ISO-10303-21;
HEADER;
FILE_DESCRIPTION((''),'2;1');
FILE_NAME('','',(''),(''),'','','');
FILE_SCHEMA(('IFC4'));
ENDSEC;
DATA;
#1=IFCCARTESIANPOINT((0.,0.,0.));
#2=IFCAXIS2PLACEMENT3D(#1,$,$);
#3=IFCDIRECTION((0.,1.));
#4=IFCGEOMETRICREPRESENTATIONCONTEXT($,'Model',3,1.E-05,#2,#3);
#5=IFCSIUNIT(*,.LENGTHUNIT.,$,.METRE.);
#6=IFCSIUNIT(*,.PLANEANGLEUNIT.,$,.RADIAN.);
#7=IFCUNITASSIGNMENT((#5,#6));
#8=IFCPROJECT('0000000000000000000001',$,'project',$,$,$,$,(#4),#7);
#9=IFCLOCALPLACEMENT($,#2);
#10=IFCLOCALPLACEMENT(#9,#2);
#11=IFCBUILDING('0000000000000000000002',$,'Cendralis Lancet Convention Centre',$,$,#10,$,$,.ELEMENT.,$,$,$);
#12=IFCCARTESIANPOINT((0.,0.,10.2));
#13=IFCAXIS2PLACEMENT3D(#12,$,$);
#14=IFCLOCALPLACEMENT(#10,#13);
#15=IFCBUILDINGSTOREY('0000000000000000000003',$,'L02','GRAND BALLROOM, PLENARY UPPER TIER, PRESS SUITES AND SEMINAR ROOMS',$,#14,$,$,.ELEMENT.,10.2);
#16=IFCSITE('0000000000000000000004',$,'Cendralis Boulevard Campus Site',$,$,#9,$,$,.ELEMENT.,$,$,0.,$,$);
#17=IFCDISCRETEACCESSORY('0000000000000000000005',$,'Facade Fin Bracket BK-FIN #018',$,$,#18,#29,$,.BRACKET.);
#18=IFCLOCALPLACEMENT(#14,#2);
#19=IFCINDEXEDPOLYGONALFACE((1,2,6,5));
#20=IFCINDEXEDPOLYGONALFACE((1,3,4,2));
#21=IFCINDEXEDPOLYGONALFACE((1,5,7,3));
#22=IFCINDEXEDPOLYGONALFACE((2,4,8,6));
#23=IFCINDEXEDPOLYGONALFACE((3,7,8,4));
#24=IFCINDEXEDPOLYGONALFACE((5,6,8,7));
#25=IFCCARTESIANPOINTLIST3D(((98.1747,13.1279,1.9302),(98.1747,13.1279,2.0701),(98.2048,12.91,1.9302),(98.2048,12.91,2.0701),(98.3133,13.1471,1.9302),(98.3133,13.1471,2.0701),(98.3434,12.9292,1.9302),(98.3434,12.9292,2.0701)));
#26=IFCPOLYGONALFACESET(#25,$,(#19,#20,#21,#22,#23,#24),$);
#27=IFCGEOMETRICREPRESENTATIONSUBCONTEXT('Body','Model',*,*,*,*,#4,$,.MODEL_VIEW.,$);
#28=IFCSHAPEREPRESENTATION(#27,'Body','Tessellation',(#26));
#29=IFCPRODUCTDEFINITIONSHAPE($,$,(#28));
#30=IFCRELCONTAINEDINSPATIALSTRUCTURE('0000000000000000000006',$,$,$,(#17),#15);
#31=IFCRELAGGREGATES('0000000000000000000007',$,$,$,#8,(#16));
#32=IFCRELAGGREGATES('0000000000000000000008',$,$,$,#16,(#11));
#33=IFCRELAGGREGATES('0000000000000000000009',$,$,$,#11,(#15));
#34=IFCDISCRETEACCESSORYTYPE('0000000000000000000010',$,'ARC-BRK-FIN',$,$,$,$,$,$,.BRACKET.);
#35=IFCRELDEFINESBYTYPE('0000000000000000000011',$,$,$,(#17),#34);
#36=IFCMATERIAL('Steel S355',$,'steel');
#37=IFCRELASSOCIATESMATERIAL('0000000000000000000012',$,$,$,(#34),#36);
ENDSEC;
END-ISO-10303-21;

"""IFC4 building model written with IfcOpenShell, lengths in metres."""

from ifc_helpers import new_model, si_unit, direction, frame, origin, origin_2d, place, context, subcontext, project, spatial, rectangle, extrude, material, type_object, element, save


model = new_model("IFC4")

# Units and contexts
model_context = context("Model", 3, precision=1e-05, world=origin(), true_north=direction((0.0, 1.0)))
body_context = subcontext(model_context, "Body", "Model", "MODEL_VIEW")
ifc_project = project(units=[si_unit("LENGTHUNIT", "METRE"), si_unit("PLANEANGLEUNIT", "RADIAN")], contexts=[model_context])

# Site, building, storey
site_placement = place(None, origin())
site = spatial("IfcSite", under=ifc_project, at=site_placement, Name="Cendralis Boulevard Campus Site", CompositionType="ELEMENT", RefElevation=0.0)
building_placement = place(site_placement, origin())
building = spatial("IfcBuilding", under=site, at=building_placement, Name="Cendralis Lancet Convention Centre", CompositionType="ELEMENT")
storey_placement = place(building_placement, frame((0.0, 0.0, 10.2)))
storey = spatial("IfcBuildingStorey", under=building, at=storey_placement, Name="L02", Description="GRAND BALLROOM, PLENARY UPPER TIER, PRESS SUITES AND SEMINAR ROOMS", CompositionType="ELEMENT", Elevation=10.2)

# Shared definitions
ifc_material_1 = material(Name="Steel S355", Category="steel")

# Discrete accessory
discrete_accessory_type = type_object("IfcDiscreteAccessoryType", Name="ARC-BRK-FIN", PredefinedType="BRACKET", material=ifc_material_1)
discrete_accessory_placement = place(storey_placement, frame((98.259, 13.0286, 1.9302), z_axis=(0.0, 0.0, 1.0), x_axis=(0.990577, 0.13696, 0.0)))
element("IfcDiscreteAccessory", 1, at=discrete_accessory_placement, inside=storey, type_object=discrete_accessory_type, Name="Facade Fin Bracket BK-FIN #018", PredefinedType="BRACKET", context=body_context, shape_type="SweptSolid", body=[
    extrude(rectangle(XDim=0.1399, YDim=0.22, at=origin_2d()), origin(), (0.0, 0.0, 1.0), 0.1399),
])

save(model, "model.ifc")
